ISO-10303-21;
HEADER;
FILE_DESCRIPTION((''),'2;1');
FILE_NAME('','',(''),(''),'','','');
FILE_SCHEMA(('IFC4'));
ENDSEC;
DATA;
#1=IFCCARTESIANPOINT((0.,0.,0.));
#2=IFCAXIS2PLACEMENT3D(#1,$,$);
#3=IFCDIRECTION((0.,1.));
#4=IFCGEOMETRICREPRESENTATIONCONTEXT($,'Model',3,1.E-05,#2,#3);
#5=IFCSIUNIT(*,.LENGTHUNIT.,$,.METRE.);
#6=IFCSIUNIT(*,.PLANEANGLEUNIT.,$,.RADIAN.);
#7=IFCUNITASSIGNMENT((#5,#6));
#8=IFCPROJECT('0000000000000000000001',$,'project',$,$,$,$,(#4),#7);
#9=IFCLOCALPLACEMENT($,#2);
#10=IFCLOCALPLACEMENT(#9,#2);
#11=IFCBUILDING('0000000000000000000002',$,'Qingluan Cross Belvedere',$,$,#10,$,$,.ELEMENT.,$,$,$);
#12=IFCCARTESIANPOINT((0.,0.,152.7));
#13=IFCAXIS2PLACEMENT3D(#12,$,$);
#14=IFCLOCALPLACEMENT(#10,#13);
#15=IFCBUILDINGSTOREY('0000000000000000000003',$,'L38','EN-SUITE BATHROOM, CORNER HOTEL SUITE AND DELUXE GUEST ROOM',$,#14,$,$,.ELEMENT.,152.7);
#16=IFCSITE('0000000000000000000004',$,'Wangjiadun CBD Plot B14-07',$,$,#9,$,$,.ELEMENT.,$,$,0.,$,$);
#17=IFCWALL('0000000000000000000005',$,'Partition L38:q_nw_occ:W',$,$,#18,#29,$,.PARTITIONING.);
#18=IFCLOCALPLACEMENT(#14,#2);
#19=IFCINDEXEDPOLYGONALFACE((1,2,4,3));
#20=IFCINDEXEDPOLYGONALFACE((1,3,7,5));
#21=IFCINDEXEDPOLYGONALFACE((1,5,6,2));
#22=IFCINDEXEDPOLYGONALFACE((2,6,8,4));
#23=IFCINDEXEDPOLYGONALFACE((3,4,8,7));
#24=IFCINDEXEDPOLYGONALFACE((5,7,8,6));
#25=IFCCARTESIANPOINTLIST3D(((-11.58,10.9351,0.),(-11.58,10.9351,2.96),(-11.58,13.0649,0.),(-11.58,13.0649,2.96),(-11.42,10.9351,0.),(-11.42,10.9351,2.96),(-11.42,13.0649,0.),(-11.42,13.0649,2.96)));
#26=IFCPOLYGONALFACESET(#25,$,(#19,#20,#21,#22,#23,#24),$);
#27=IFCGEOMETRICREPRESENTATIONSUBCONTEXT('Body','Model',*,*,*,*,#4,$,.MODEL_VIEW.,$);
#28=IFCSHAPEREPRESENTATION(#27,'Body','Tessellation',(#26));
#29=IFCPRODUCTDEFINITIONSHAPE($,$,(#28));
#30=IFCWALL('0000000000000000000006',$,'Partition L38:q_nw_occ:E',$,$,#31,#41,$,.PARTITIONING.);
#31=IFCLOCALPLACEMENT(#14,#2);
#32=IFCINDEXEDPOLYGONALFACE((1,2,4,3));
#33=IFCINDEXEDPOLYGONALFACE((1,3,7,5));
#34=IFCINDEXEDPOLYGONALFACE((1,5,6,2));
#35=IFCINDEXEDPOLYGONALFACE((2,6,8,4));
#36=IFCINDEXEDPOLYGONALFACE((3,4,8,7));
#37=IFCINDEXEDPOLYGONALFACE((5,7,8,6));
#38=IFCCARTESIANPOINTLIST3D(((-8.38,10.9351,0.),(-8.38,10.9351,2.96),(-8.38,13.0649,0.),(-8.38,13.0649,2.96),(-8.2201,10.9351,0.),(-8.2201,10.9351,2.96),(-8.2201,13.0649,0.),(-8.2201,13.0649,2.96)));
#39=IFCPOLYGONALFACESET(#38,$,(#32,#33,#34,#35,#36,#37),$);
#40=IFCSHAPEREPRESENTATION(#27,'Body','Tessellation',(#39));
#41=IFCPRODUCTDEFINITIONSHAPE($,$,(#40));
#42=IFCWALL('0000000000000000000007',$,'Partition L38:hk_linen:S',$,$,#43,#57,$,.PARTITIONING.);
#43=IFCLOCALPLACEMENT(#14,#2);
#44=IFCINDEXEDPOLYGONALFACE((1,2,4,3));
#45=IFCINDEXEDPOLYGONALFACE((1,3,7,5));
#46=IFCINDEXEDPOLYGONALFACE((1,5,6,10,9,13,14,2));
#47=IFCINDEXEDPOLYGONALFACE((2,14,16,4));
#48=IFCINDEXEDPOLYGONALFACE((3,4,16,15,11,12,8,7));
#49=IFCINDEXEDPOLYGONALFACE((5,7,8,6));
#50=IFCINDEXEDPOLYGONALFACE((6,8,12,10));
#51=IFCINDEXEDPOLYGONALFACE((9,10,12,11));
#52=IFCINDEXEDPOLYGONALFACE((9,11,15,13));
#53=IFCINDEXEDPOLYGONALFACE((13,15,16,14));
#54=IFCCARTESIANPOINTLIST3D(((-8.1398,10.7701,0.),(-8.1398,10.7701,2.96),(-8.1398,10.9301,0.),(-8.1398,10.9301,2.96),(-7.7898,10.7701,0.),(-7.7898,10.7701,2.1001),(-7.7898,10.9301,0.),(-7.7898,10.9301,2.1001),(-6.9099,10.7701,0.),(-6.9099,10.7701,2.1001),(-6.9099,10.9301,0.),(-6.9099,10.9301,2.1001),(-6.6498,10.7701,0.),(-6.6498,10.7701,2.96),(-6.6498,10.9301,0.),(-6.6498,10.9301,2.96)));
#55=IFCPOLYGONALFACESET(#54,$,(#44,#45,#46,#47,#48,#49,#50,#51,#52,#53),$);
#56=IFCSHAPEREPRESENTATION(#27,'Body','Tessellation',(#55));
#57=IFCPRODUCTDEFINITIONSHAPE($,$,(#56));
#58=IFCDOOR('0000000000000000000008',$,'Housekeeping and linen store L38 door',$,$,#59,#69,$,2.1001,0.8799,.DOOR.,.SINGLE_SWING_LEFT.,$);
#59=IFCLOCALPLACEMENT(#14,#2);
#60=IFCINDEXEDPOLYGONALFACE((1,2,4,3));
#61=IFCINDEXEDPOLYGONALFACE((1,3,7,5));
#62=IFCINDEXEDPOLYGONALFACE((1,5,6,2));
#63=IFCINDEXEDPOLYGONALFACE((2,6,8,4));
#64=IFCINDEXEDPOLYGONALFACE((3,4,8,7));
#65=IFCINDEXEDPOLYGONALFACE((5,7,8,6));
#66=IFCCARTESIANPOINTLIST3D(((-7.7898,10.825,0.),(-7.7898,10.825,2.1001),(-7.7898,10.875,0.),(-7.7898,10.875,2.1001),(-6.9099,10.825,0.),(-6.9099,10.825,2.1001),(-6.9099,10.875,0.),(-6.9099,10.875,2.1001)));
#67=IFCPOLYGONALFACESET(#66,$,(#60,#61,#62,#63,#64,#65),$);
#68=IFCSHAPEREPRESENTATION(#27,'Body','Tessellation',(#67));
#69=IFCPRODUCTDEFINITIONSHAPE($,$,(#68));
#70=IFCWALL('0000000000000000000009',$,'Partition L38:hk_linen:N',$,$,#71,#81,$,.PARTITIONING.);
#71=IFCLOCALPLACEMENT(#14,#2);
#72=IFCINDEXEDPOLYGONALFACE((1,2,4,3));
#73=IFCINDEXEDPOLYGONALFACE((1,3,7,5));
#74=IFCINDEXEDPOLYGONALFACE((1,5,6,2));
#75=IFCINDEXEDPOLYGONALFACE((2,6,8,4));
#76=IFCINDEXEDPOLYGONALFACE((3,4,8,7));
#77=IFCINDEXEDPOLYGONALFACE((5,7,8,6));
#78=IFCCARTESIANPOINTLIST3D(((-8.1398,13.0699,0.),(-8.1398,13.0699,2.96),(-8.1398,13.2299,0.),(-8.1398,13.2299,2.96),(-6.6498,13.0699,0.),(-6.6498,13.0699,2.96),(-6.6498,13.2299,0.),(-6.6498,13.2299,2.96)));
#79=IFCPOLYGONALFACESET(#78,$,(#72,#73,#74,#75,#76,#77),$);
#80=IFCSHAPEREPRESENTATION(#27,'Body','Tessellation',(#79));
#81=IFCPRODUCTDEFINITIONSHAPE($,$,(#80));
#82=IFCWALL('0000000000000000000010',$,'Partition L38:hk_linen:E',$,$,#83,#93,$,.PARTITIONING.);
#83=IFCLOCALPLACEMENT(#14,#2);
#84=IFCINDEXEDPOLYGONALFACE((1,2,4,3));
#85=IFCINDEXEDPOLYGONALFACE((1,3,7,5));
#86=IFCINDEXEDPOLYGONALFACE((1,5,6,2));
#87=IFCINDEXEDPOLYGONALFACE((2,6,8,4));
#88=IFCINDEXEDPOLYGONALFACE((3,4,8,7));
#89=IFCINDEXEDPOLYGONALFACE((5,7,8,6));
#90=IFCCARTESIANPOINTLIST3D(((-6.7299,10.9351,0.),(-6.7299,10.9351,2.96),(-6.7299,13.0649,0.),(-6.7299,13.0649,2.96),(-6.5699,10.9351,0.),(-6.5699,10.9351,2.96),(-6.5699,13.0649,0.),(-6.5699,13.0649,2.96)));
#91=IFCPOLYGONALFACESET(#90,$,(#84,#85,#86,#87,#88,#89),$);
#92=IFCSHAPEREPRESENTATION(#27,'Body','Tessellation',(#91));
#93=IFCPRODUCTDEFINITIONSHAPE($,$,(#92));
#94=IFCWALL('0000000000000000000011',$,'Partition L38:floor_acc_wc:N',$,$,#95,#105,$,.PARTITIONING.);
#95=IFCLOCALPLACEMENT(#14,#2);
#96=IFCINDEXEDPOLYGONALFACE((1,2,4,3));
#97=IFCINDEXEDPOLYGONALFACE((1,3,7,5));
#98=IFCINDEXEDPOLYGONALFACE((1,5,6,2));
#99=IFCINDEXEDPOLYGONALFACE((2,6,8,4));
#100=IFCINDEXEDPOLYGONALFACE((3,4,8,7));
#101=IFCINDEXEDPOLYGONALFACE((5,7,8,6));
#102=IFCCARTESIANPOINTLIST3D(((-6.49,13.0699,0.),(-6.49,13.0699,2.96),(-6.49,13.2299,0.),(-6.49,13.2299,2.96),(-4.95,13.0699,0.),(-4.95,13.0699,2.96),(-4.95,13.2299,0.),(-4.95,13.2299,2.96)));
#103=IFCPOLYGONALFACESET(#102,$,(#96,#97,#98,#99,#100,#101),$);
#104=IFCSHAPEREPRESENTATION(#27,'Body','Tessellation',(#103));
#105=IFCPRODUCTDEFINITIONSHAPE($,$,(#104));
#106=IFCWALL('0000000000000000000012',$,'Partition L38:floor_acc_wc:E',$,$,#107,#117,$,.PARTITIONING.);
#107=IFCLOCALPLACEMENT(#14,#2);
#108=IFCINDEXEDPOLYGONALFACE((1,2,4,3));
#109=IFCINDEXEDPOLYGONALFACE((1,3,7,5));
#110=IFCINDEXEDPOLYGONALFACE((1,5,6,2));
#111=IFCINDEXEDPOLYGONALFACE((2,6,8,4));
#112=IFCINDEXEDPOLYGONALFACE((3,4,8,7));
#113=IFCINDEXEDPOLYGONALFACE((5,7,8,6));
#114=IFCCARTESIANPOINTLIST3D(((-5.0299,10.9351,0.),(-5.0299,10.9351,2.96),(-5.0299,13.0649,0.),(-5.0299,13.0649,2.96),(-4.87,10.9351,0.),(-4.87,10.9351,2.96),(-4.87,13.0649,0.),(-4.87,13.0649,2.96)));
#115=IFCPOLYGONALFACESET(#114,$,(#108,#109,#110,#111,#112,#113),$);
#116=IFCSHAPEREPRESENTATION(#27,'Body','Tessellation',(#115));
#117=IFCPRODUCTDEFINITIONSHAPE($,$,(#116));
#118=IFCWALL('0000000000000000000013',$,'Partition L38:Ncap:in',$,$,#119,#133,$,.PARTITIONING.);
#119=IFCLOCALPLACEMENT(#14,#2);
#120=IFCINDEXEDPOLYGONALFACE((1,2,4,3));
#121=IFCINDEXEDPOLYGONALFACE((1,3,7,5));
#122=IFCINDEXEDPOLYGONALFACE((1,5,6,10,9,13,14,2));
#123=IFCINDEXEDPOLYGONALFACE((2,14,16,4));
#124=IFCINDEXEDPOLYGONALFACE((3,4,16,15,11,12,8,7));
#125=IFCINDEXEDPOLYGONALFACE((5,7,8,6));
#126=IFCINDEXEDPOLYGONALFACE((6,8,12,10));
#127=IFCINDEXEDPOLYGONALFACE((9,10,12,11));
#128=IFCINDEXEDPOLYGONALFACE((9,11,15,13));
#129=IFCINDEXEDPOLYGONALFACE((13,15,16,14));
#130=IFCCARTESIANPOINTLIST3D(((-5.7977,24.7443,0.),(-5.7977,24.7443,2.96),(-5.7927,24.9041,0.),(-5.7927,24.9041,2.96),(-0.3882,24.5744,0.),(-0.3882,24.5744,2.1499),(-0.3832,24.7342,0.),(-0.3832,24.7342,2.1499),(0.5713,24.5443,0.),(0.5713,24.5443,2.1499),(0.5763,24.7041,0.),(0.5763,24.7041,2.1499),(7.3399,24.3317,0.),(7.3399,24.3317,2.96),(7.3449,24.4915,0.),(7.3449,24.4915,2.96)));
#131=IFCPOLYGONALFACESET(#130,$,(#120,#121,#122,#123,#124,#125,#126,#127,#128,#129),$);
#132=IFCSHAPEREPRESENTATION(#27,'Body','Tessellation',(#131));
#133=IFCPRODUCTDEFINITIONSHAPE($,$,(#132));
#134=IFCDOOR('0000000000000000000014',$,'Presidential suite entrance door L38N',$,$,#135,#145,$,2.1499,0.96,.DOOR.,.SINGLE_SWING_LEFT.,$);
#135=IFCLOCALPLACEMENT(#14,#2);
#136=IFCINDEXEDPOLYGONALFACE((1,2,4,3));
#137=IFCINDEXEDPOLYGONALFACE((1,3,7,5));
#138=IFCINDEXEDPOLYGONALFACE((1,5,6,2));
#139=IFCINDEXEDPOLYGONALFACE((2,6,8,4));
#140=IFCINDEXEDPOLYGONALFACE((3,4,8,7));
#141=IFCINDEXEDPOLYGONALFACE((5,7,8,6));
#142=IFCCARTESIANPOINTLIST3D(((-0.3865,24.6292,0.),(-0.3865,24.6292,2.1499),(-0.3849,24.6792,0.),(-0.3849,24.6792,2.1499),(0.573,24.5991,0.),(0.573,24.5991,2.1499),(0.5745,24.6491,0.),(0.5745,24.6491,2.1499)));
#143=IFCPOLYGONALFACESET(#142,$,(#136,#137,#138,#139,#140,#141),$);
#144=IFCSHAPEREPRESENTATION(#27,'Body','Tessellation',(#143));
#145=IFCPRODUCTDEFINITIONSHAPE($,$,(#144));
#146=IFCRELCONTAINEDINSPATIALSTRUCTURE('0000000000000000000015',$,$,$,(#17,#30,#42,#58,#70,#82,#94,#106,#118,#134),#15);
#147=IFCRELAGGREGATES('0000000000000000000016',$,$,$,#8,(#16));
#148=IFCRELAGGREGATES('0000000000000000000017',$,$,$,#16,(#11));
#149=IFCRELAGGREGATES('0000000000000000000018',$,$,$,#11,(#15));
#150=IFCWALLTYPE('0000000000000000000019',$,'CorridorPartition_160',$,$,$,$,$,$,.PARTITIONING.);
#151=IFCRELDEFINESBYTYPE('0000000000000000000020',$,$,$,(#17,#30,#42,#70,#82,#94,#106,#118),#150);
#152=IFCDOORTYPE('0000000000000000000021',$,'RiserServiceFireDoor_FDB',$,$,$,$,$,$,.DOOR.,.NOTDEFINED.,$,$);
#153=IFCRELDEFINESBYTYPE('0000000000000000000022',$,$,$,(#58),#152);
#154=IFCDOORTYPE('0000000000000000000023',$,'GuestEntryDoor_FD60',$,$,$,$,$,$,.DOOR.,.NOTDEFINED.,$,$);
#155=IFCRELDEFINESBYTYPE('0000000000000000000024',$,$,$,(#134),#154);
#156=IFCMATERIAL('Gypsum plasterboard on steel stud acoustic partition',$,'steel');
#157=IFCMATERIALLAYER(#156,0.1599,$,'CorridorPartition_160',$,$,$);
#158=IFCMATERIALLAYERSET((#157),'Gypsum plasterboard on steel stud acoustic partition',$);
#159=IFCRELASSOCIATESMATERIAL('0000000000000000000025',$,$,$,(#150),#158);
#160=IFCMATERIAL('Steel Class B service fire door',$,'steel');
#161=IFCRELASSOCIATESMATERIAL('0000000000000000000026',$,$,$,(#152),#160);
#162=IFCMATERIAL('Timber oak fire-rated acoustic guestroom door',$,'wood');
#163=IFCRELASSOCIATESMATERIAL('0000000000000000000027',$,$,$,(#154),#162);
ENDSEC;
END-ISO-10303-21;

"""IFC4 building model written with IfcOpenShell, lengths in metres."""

from ifc_helpers import new_model, si_unit, direction, frame, frame_2d, origin, place, context, subcontext, project, spatial, rectangle, extrude, material, layer, layer_set, type_object, element, fill, save


model = new_model("IFC4")

# Units and contexts
model_context = context("Model", 3, precision=1e-05, world=origin(), true_north=direction((0.0, 1.0)))
body_context = subcontext(model_context, "Body", "Model", "MODEL_VIEW")
ifc_project = project(units=[si_unit("LENGTHUNIT", "METRE"), si_unit("PLANEANGLEUNIT", "RADIAN")], contexts=[model_context])

# Site, building, storey
site_placement = place(None, origin())
site = spatial("IfcSite", under=ifc_project, at=site_placement, Name="Wangjiadun CBD Plot B14-07", CompositionType="ELEMENT", RefElevation=0.0)
building_placement = place(site_placement, origin())
building = spatial("IfcBuilding", under=site, at=building_placement, Name="Qingluan Cross Belvedere", CompositionType="ELEMENT")
storey_placement = place(building_placement, frame((0.0, 0.0, 152.7)))
storey = spatial("IfcBuildingStorey", under=building, at=storey_placement, Name="L38", Description="EN-SUITE BATHROOM, CORNER HOTEL SUITE AND DELUXE GUEST ROOM", CompositionType="ELEMENT", Elevation=152.7)

# Walls
ifc_material_1 = material(Name="Gypsum plasterboard on steel stud acoustic partition", Category="steel")
ifc_layer_1 = layer(ifc_material_1, 0.1599, Name="CorridorPartition_160")
ifc_layer_set_1 = layer_set([ifc_layer_1], Name="Gypsum plasterboard on steel stud acoustic partition")
wall_type_1 = type_object("IfcWallType", Name="CorridorPartition_160", PredefinedType="PARTITIONING", material=ifc_layer_set_1)
for number, where, z_axis, x_axis, name in (
    (1, (-11.5, 10.9351, 0.0), (0.0, 0.0, 1.0), (0.0, 1.0, 0.0), "Partition L38:q_nw_occ:W"),
    (2, (-8.3, 10.9351, 0.0), (0.0, 0.0, 1.0), (0.0, 1.0, 0.0), "Partition L38:q_nw_occ:E"),
):
    element("IfcWall", number, at=place(storey_placement, frame(where, z_axis=z_axis, x_axis=x_axis)), inside=storey, type_object=wall_type_1, Name=name, PredefinedType="PARTITIONING", context=body_context, shape_type="SweptSolid", body=[
        extrude(rectangle(XDim=2.1299, YDim=0.1599, at=frame_2d((1.0649, 0.0))), origin(), (0.0, 0.0, 1.0), 2.96),
    ])

# Wall, opening, door
wall_1_placement = place(storey_placement, frame((-8.1399, 10.8501, 0.0), z_axis=(0.0, 0.0, 1.0), x_axis=(1.0, 0.0, 0.0)))
wall_1 = element("IfcWall", 3, at=wall_1_placement, inside=storey, type_object=wall_type_1, Name="Partition L38:hk_linen:S", PredefinedType="PARTITIONING", context=body_context, shape_type="SweptSolid", body=[
    extrude(rectangle(XDim=1.49, YDim=0.1599, at=frame_2d((0.7451, 0.0))), origin(), (0.0, 0.0, 1.0), 2.96),
])
opening_1_placement = place(wall_1_placement, frame((0.3501, 0.0, 0.0)))
opening_1 = element("IfcOpeningElement", 4, at=opening_1_placement, cuts=wall_1, PredefinedType="OPENING", context=body_context, shape_type="SweptSolid", body=[
    extrude(rectangle(XDim=0.8799, YDim=2.1001, at=frame_2d((0.4399, 1.05))), frame((0.0, 0.0898, 0.0), z_axis=(0.0, -1.0, 0.0), x_axis=(1.0, 0.0, 0.0)), (0.0, 0.0, 1.0), 0.1799),
])
ifc_material_2 = material(Name="Steel Class B service fire door", Category="steel")
door_type_1 = type_object("IfcDoorType", Name="RiserServiceFireDoor_FDB", OperationType="NOTDEFINED", PredefinedType="DOOR", material=ifc_material_2)
door_1_placement = place(opening_1_placement, origin())
door_1 = element("IfcDoor", 5, at=door_1_placement, inside=storey, type_object=door_type_1, Name="Housekeeping and linen store L38 door", OperationType="SINGLE_SWING_LEFT", OverallHeight=2.1001, OverallWidth=0.8799, PredefinedType="DOOR", context=body_context, shape_type="SweptSolid", body=[
    extrude(rectangle(XDim=0.8799, YDim=2.1001, at=frame_2d((0.4399, 1.05))), frame((0.0, 0.0249, 0.0), z_axis=(0.0, -1.0, 0.0), x_axis=(1.0, 0.0, 0.0)), (0.0, 0.0, 1.0), 0.05),
])
fill(opening_1, door_1)

# Walls
wall_2_placement = place(storey_placement, frame((-8.1399, 13.1499, 0.0), z_axis=(0.0, 0.0, 1.0), x_axis=(1.0, 0.0, 0.0)))
element("IfcWall", 6, at=wall_2_placement, inside=storey, type_object=wall_type_1, Name="Partition L38:hk_linen:N", PredefinedType="PARTITIONING", context=body_context, shape_type="SweptSolid", body=[
    extrude(rectangle(XDim=1.49, YDim=0.1599, at=frame_2d((0.7451, 0.0))), origin(), (0.0, 0.0, 1.0), 2.96),
])
wall_3_placement = place(storey_placement, frame((-6.6499, 10.9351, 0.0), z_axis=(0.0, 0.0, 1.0), x_axis=(0.0, 1.0, 0.0)))
element("IfcWall", 7, at=wall_3_placement, inside=storey, type_object=wall_type_1, Name="Partition L38:hk_linen:E", PredefinedType="PARTITIONING", context=body_context, shape_type="SweptSolid", body=[
    extrude(rectangle(XDim=2.1299, YDim=0.1599, at=frame_2d((1.0649, 0.0))), origin(), (0.0, 0.0, 1.0), 2.96),
])

# Walls
wall_4_placement = place(storey_placement, frame((-6.49, 13.1499, 0.0), z_axis=(0.0, 0.0, 1.0), x_axis=(1.0, 0.0, 0.0)))
element("IfcWall", 8, at=wall_4_placement, inside=storey, type_object=wall_type_1, Name="Partition L38:floor_acc_wc:N", PredefinedType="PARTITIONING", context=body_context, shape_type="SweptSolid", body=[
    extrude(rectangle(XDim=1.54, YDim=0.1599, at=frame_2d((0.77, 0.0))), origin(), (0.0, 0.0, 1.0), 2.96),
])
wall_5_placement = place(storey_placement, frame((-4.95, 10.9351, 0.0), z_axis=(0.0, 0.0, 1.0), x_axis=(0.0, 1.0, 0.0)))
element("IfcWall", 9, at=wall_5_placement, inside=storey, type_object=wall_type_1, Name="Partition L38:floor_acc_wc:E", PredefinedType="PARTITIONING", context=body_context, shape_type="SweptSolid", body=[
    extrude(rectangle(XDim=2.1299, YDim=0.1599, at=frame_2d((1.0649, 0.0))), origin(), (0.0, 0.0, 1.0), 2.96),
])

# Wall, opening, door
wall_6_placement = place(storey_placement, frame((-5.7952, 24.8242, 0.0), z_axis=(0.0, 0.0, 1.0), x_axis=(0.999507, -0.031391, 0.0)))
wall_6 = element("IfcWall", 10, at=wall_6_placement, inside=storey, type_object=wall_type_1, Name="Partition L38:Ncap:in", PredefinedType="PARTITIONING", context=body_context, shape_type="SweptSolid", body=[
    extrude(rectangle(XDim=13.144, YDim=0.1599, at=frame_2d((6.572, 0.0))), origin(), (0.0, 0.0, 1.0), 2.96),
])
opening_2_placement = place(wall_6_placement, frame((5.4121, 0.0, 0.0)))
opening_2 = element("IfcOpeningElement", 11, at=opening_2_placement, cuts=wall_6, PredefinedType="OPENING", context=body_context, shape_type="SweptSolid", body=[
    extrude(rectangle(XDim=0.96, YDim=2.1499, at=frame_2d((0.48, 1.075))), frame((0.0, 0.0898, 0.0), z_axis=(0.0, -1.0, 0.0), x_axis=(1.0, 0.0, 0.0)), (0.0, 0.0, 1.0), 0.1799),
])
ifc_material_3 = material(Name="Timber oak fire-rated acoustic guestroom door", Category="wood")
door_type_2 = type_object("IfcDoorType", Name="GuestEntryDoor_FD60", OperationType="NOTDEFINED", PredefinedType="DOOR", material=ifc_material_3)
door_2_placement = place(opening_2_placement, origin())
door_2 = element("IfcDoor", 12, at=door_2_placement, inside=storey, type_object=door_type_2, Name="Presidential suite entrance door L38N", OperationType="SINGLE_SWING_LEFT", OverallHeight=2.1499, OverallWidth=0.96, PredefinedType="DOOR", context=body_context, shape_type="SweptSolid", body=[
    extrude(rectangle(XDim=0.96, YDim=2.1499, at=frame_2d((0.48, 1.075))), frame((0.0, 0.0249, 0.0), z_axis=(0.0, -1.0, 0.0), x_axis=(1.0, 0.0, 0.0)), (0.0, 0.0, 1.0), 0.05),
])
fill(opening_2, door_2)

save(model, "model.ifc")
